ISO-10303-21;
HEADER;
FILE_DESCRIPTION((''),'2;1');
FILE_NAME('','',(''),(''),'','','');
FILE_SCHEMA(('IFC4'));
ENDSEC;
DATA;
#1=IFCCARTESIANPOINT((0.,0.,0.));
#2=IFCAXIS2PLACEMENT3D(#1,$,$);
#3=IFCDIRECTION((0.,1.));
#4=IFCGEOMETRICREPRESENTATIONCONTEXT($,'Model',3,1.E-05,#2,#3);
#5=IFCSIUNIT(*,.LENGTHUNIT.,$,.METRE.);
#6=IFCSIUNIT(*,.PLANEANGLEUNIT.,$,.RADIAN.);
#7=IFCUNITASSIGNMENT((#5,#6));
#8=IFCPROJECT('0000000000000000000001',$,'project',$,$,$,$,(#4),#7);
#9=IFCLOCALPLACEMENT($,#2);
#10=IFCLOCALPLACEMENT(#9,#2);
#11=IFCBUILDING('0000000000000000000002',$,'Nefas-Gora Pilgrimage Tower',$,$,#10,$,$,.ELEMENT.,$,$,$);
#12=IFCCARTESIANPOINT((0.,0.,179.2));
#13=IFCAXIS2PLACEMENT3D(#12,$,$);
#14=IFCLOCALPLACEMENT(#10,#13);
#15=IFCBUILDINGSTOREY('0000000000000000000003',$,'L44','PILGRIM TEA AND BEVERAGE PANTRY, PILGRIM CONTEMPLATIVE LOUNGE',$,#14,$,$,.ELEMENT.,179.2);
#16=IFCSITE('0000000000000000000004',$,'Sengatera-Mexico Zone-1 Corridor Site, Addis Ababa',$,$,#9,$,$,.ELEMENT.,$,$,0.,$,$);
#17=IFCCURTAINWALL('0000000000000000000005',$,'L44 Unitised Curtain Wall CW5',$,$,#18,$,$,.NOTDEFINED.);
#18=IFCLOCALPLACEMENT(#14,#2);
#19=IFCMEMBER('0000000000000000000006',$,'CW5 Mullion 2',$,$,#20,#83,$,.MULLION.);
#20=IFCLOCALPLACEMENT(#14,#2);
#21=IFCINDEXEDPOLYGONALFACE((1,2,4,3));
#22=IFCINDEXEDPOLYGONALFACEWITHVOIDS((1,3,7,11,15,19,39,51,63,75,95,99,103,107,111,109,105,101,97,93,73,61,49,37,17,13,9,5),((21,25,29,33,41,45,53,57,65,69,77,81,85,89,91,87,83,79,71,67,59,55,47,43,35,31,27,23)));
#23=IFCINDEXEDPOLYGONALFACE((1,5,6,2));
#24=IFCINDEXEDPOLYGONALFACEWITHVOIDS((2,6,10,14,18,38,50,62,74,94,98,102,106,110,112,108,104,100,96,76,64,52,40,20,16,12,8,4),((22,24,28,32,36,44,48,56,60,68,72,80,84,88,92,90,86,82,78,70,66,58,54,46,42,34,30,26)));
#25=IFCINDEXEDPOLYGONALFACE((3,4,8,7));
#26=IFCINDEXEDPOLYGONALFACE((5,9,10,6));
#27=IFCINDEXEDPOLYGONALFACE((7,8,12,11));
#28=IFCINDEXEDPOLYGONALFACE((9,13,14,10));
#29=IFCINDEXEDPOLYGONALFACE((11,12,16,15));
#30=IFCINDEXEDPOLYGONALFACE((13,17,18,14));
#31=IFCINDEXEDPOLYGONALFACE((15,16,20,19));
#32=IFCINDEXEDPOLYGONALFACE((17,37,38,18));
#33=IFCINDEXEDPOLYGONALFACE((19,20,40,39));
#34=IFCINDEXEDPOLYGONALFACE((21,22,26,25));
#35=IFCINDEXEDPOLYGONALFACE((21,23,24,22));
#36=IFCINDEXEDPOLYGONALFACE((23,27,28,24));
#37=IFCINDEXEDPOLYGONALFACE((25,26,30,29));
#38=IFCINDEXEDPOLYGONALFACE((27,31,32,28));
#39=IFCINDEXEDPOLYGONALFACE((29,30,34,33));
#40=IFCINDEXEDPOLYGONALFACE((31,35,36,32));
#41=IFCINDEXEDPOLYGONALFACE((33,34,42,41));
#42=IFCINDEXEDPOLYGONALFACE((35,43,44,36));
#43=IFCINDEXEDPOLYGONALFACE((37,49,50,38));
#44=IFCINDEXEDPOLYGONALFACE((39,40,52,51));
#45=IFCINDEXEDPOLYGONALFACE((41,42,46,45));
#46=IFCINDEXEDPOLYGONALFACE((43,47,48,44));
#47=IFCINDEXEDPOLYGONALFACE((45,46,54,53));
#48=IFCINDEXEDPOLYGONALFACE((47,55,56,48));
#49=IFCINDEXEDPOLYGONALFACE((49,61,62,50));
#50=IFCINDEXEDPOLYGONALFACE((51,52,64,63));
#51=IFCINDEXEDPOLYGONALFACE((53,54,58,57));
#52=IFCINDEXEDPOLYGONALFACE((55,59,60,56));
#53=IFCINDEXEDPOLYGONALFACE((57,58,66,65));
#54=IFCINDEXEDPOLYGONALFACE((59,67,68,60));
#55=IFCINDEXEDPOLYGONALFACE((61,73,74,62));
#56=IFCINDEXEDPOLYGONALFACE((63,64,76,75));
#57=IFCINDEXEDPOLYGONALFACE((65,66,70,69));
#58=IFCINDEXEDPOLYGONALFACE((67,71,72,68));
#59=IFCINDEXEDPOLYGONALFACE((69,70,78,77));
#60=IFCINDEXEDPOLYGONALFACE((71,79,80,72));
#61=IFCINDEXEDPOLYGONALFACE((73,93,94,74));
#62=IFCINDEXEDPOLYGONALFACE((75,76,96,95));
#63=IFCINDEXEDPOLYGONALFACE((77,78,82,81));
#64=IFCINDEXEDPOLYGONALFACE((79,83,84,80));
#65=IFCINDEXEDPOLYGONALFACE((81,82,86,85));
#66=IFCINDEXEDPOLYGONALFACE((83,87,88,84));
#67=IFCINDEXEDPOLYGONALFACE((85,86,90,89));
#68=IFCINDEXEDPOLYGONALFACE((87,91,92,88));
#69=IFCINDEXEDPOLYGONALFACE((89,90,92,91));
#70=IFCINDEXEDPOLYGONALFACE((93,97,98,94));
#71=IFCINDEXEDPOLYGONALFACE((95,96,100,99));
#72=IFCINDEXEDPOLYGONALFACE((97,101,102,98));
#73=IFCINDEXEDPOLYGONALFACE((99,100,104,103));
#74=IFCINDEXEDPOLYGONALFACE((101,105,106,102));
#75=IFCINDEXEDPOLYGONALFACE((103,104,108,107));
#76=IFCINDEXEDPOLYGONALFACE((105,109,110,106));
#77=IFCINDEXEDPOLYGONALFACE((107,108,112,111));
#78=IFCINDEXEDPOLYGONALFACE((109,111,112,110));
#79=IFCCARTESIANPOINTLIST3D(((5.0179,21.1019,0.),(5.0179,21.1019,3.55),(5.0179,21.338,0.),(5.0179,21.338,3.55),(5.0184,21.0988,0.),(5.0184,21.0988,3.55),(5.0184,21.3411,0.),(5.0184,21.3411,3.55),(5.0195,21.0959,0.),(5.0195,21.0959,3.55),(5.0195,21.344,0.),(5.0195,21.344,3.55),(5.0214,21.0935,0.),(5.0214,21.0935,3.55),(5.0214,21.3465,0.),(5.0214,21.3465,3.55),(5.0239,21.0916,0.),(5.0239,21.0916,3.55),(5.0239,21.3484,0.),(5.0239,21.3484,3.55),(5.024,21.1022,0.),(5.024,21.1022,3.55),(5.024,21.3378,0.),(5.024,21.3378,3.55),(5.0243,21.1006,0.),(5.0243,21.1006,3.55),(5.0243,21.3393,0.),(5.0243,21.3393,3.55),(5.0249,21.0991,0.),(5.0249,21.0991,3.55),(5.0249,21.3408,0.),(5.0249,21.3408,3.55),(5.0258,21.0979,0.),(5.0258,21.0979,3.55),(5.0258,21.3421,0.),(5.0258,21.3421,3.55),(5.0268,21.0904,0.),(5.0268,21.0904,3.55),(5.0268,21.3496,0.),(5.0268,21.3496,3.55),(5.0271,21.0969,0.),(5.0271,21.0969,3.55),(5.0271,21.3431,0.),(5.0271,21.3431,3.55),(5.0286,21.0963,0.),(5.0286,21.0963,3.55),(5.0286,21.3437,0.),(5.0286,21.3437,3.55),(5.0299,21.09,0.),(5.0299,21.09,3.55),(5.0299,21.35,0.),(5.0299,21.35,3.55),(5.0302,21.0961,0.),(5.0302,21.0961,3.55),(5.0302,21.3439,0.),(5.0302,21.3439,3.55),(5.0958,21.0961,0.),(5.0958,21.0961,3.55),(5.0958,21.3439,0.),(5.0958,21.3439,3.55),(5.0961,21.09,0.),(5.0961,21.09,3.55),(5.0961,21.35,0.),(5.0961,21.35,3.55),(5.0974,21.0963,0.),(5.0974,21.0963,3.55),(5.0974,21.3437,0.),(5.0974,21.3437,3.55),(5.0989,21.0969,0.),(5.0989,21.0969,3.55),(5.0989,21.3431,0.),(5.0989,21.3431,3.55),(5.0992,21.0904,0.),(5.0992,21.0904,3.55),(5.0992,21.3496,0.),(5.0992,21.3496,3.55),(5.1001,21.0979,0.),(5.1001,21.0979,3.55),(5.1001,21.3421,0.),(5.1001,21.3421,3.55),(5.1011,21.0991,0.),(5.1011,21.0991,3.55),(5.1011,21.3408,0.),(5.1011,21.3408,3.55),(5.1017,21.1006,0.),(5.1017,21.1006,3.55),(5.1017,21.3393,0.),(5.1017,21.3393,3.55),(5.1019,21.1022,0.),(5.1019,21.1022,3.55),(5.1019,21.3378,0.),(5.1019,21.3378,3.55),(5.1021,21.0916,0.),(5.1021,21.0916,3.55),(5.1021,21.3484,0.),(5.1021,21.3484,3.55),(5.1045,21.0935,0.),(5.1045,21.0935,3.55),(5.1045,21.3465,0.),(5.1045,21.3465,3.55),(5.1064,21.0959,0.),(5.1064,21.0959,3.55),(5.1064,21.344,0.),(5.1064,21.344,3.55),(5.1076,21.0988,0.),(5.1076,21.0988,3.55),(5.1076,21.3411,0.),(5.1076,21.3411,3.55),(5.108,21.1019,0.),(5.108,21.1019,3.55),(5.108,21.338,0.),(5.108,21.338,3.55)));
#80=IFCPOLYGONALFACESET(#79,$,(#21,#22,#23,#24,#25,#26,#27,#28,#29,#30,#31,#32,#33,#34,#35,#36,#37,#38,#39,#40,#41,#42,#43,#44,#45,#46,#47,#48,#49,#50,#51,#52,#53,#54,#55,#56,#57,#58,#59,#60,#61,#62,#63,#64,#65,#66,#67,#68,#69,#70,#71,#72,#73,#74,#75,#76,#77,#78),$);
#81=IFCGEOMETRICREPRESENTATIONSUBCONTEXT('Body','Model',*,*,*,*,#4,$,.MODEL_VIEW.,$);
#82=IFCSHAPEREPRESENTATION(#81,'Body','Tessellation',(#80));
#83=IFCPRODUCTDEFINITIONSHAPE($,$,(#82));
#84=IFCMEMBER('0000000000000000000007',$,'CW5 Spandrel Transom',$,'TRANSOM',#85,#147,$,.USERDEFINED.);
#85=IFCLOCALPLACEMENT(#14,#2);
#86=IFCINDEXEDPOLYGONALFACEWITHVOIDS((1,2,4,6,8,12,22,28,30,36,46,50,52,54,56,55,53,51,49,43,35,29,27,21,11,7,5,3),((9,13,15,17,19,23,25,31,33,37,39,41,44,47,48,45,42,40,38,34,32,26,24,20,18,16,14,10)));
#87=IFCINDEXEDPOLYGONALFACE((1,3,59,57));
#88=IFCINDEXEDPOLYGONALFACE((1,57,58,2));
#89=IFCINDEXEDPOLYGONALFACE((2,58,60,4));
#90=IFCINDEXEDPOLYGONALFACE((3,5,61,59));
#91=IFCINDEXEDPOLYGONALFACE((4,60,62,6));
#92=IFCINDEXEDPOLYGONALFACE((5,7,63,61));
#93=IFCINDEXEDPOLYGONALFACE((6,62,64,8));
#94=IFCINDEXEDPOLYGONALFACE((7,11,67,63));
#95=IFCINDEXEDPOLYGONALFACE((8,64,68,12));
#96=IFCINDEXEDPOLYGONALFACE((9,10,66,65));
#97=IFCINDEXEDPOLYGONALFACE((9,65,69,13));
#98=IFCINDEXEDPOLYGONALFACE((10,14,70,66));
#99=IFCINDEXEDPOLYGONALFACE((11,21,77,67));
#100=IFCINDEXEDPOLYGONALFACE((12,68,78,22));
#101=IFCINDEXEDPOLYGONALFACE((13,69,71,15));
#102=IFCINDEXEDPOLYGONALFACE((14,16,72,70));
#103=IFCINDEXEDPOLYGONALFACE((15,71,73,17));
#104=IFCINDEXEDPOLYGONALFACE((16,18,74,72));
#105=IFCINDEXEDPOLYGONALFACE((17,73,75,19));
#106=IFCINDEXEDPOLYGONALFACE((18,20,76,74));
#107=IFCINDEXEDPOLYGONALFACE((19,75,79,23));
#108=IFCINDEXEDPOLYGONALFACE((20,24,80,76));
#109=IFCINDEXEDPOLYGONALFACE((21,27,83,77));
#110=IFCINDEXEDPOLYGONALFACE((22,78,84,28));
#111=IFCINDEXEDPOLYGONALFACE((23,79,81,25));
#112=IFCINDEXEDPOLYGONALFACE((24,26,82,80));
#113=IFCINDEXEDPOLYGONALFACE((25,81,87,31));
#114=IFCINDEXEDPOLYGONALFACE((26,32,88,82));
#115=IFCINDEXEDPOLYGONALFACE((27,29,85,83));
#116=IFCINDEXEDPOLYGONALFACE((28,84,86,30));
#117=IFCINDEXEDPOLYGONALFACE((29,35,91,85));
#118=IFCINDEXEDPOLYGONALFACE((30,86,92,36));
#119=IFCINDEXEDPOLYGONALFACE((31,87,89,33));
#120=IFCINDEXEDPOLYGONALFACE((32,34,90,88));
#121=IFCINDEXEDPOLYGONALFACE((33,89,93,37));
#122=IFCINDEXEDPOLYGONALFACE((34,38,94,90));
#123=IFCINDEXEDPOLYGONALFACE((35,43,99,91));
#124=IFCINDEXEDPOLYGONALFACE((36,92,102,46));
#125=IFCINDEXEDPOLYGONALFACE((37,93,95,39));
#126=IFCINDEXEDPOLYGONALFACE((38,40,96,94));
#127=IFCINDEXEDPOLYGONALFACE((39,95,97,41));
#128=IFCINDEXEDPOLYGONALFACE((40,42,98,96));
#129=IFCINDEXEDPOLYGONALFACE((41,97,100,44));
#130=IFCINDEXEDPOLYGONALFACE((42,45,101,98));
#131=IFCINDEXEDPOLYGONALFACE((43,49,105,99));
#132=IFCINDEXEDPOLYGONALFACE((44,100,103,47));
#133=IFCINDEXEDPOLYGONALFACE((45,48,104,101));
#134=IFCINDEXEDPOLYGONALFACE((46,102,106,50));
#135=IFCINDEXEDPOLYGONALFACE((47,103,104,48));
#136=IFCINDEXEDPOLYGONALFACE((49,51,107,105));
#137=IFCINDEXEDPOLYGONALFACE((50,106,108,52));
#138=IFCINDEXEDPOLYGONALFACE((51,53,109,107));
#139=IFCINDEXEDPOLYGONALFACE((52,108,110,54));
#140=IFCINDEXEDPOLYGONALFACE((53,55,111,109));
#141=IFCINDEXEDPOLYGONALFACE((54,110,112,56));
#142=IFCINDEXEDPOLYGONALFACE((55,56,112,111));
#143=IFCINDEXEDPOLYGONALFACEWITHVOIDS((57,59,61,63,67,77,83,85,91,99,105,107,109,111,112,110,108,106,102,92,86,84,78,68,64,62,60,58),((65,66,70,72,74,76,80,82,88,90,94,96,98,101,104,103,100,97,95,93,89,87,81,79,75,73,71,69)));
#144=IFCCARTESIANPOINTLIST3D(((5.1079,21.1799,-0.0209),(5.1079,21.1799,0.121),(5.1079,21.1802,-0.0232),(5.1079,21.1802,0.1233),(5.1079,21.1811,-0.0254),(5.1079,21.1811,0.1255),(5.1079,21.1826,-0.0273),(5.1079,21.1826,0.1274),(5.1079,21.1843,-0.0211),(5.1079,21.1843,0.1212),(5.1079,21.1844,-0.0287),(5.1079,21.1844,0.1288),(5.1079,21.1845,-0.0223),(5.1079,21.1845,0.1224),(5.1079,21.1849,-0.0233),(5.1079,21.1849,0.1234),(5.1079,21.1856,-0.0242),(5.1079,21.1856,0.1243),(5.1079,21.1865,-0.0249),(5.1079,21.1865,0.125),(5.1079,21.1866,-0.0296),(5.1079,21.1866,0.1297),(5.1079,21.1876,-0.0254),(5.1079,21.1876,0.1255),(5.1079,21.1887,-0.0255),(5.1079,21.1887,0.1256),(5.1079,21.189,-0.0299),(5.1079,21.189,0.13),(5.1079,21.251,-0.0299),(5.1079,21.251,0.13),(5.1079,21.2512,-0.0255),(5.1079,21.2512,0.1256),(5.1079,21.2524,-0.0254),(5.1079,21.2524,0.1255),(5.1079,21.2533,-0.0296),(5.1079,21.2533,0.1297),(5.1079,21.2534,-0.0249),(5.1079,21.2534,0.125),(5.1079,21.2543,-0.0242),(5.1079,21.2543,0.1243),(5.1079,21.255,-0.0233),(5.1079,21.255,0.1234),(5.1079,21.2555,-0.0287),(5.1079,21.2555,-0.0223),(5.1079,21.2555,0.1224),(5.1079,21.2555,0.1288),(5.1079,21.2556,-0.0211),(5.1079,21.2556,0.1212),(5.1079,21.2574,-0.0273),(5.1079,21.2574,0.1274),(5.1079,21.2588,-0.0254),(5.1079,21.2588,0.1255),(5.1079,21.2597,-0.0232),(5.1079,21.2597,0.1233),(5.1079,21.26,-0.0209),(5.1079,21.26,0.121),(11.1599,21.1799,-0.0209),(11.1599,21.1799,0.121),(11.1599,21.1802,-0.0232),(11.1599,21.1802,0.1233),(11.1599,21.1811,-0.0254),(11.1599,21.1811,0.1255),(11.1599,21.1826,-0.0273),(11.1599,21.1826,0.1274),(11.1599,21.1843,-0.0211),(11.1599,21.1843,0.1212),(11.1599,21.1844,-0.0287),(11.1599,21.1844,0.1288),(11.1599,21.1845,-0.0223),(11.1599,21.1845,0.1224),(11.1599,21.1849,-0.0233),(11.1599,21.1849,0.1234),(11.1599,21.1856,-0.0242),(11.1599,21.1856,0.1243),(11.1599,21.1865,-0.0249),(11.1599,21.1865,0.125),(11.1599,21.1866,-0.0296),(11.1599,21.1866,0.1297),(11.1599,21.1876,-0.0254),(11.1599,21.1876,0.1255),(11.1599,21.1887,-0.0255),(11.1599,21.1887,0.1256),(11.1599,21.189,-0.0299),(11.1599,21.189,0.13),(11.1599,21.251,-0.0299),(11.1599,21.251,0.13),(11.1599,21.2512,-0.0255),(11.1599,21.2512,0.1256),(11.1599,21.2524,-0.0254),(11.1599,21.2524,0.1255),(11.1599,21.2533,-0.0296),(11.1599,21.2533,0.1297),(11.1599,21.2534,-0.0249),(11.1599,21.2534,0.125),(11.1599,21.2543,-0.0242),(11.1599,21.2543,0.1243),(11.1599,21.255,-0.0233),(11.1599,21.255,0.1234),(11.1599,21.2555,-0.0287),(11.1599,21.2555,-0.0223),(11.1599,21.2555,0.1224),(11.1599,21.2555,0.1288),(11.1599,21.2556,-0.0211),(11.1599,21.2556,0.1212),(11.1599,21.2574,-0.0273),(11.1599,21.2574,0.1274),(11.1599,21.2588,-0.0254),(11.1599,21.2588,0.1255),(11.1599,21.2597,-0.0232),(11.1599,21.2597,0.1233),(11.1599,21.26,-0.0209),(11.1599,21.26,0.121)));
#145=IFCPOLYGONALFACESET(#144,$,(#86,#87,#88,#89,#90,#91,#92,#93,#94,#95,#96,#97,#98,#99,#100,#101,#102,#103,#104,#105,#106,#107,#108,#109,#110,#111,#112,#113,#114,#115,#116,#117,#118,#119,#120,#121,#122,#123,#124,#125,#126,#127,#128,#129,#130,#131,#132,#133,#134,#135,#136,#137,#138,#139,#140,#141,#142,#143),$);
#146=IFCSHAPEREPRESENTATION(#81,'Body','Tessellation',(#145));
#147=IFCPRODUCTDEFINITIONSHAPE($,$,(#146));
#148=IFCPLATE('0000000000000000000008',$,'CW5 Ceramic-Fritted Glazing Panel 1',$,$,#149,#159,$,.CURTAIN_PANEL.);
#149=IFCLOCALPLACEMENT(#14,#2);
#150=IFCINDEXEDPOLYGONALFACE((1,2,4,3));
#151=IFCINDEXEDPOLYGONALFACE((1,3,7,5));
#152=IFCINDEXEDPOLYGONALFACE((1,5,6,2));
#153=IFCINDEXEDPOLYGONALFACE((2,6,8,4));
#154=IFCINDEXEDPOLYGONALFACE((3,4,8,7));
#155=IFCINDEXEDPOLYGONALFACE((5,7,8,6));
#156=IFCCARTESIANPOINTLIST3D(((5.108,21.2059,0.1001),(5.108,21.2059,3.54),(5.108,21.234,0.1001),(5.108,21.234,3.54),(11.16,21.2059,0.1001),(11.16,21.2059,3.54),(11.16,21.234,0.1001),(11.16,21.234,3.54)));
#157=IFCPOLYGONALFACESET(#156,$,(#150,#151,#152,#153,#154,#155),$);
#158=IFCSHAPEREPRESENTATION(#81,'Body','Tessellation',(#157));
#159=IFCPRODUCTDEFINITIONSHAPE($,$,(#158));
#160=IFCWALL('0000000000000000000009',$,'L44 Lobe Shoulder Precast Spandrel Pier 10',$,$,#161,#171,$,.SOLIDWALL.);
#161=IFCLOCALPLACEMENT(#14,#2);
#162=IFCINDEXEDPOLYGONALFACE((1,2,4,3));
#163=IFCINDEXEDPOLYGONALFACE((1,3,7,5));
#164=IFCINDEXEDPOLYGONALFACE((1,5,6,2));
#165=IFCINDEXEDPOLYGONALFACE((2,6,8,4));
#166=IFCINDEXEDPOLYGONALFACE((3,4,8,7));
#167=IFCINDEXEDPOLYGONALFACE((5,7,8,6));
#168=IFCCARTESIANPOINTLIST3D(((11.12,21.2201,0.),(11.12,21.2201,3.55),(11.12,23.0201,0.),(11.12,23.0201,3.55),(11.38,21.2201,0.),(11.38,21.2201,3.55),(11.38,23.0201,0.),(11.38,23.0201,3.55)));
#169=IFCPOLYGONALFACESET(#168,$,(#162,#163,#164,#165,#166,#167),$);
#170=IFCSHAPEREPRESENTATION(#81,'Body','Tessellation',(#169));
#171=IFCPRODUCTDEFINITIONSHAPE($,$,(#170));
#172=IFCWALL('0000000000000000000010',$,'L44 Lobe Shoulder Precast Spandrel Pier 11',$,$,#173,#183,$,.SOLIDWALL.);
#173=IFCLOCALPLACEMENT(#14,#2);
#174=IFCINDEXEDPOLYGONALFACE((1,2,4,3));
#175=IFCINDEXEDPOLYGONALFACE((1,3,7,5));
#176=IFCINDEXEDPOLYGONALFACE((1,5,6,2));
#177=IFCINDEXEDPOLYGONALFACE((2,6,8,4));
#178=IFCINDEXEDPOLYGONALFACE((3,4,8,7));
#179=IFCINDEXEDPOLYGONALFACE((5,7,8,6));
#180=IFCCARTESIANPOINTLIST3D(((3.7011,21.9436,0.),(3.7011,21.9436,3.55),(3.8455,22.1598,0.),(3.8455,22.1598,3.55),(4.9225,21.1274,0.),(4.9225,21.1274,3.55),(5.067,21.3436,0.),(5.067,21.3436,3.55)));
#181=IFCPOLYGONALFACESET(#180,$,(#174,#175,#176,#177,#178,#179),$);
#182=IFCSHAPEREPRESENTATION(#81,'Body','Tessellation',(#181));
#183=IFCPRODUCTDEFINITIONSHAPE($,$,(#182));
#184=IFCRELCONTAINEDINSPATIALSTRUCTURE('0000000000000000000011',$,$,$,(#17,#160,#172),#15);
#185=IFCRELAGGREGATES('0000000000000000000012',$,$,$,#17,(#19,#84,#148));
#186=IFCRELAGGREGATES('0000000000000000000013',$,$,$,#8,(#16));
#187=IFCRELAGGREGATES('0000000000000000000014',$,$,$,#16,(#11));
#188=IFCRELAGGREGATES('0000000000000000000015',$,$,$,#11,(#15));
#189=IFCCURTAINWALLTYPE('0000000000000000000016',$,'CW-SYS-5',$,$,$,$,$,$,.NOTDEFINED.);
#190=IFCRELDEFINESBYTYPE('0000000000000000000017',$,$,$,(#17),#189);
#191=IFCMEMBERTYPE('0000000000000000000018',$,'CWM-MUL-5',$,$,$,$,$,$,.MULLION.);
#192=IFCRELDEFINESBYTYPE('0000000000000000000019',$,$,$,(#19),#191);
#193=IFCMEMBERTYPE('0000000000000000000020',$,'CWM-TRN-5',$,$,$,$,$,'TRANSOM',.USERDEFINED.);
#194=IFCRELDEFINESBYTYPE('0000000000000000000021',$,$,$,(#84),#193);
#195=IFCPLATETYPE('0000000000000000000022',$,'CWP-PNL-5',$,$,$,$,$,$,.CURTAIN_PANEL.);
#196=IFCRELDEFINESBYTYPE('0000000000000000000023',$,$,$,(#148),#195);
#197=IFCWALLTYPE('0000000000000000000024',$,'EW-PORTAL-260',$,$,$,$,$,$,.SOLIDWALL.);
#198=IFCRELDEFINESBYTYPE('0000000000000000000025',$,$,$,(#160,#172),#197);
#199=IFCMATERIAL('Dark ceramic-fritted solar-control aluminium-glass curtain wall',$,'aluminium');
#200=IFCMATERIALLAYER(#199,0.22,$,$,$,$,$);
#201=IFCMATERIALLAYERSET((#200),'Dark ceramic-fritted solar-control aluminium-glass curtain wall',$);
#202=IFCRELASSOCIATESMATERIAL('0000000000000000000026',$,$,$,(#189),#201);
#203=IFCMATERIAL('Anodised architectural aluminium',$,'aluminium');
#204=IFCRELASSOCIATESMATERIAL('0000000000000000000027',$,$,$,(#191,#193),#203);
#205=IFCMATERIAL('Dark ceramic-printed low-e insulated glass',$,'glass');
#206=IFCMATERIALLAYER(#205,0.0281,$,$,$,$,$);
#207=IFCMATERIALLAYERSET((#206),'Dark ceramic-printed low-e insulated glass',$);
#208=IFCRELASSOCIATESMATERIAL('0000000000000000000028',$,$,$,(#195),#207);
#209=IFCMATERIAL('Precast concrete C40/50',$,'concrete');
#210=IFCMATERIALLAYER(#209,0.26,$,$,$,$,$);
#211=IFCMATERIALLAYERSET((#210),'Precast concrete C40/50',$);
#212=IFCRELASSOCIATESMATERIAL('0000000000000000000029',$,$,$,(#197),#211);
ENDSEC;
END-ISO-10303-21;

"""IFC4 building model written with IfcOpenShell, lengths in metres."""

from ifc_helpers import new_model, si_unit, direction, frame, frame_2d, origin, origin_2d, place, context, subcontext, project, spatial, rectangle, hollow_rectangle, extrude, source, transform, mapped, material, layer, layer_set, material_profile, profile_set, type_object, element, aggregate, save


model = new_model("IFC4")

# Units and contexts
model_context = context("Model", 3, precision=1e-05, world=origin(), true_north=direction((0.0, 1.0)))
body_context = subcontext(model_context, "Body", "Model", "MODEL_VIEW")
ifc_project = project(units=[si_unit("LENGTHUNIT", "METRE"), si_unit("PLANEANGLEUNIT", "RADIAN")], contexts=[model_context])

# Site, building, storey
site_placement = place(None, origin())
site = spatial("IfcSite", under=ifc_project, at=site_placement, Name="Sengatera-Mexico Zone-1 Corridor Site, Addis Ababa", CompositionType="ELEMENT", RefElevation=0.0)
building_placement = place(site_placement, origin())
building = spatial("IfcBuilding", under=site, at=building_placement, Name="Nefas-Gora Pilgrimage Tower", CompositionType="ELEMENT")
storey_placement = place(building_placement, frame((0.0, 0.0, 179.2)))
storey = spatial("IfcBuildingStorey", under=building, at=storey_placement, Name="L44", Description="PILGRIM TEA AND BEVERAGE PANTRY, PILGRIM CONTEMPLATIVE LOUNGE", CompositionType="ELEMENT", Elevation=179.2)

# Curtain wall, members, plate
ifc_material_1 = material(Name="Dark ceramic-fritted solar-control aluminium-glass curtain wall", Category="aluminium")
ifc_layer_1 = layer(ifc_material_1, 0.22)
ifc_layer_set_1 = layer_set([ifc_layer_1], Name="Dark ceramic-fritted solar-control aluminium-glass curtain wall")
curtain_wall_type = type_object("IfcCurtainWallType", Name="CW-SYS-5", PredefinedType="NOTDEFINED", material=ifc_layer_set_1)
curtain_wall_placement = place(storey_placement, origin())
curtain_wall = element("IfcCurtainWall", 1, at=curtain_wall_placement, inside=storey, type_object=curtain_wall_type, Name="L44 Unitised Curtain Wall CW5", PredefinedType="NOTDEFINED")
ifc_material_2 = material(Name="Anodised architectural aluminium", Category="aluminium")
ifc_material_profile_1 = material_profile(ifc_material_2, hollow_rectangle(XDim=0.0901, YDim=0.26, WallThickness=0.0061, InnerFilletRadius=0.0061, OuterFilletRadius=0.012, at=origin_2d()), Name="ALU MULLION 90x260")
ifc_profile_set_1 = profile_set([ifc_material_profile_1], Name="Anodised architectural aluminium")
member_type_1 = type_object("IfcMemberType", Name="CWM-MUL-5", PredefinedType="MULLION", material=ifc_profile_set_1)
shared_shape_1 = source(origin(), body_context, "Body", "SweptSolid", [
    extrude(hollow_rectangle(XDim=0.0901, YDim=0.26, WallThickness=0.0061, InnerFilletRadius=0.0061, OuterFilletRadius=0.012, at=origin_2d()), origin(), (0.0, 0.0, 1.0), 3.55),
])
member_1_placement = place(storey_placement, frame((5.063, 21.22, 0.0), z_axis=(0.0, 0.0, 1.0), x_axis=(-1.0, 0.0, 0.0)))
member_1 = element("IfcMember", 2, at=member_1_placement, type_object=member_type_1, Name="CW5 Mullion 2", PredefinedType="MULLION", context=body_context, shape_type="MappedRepresentation", body=[
    mapped(shared_shape_1, transform((0.0, 0.0, 0.0), x_axis=(1.0, 0.0, 0.0), y_axis=(0.0, 1.0, 0.0), z_axis=(0.0, 0.0, 1.0), scale=1.0)),
])
ifc_material_profile_2 = material_profile(ifc_material_2, hollow_rectangle(XDim=0.0801, YDim=0.1599, WallThickness=0.0044, InnerFilletRadius=0.0044, OuterFilletRadius=0.009, at=origin_2d()), Name="ALU TRANSOM 80x160")
ifc_profile_set_2 = profile_set([ifc_material_profile_2], Name="Anodised architectural aluminium")
member_type_2 = type_object("IfcMemberType", Name="CWM-TRN-5", ElementType="TRANSOM", PredefinedType="USERDEFINED", material=ifc_profile_set_2)
shared_shape_2 = source(origin(), body_context, "Body", "SweptSolid", [
    extrude(hollow_rectangle(XDim=0.0801, YDim=0.1599, WallThickness=0.0044, InnerFilletRadius=0.0044, OuterFilletRadius=0.009, at=origin_2d()), origin(), (0.0, 0.0, 1.0), 6.052),
])
member_2_placement = place(storey_placement, frame((11.1599, 21.22, 0.05), z_axis=(-1.0, 0.0, 0.0), x_axis=(0.0, -1.0, 0.0)))
member_2 = element("IfcMember", 3, at=member_2_placement, type_object=member_type_2, Name="CW5 Spandrel Transom", ObjectType="TRANSOM", PredefinedType="USERDEFINED", context=body_context, shape_type="MappedRepresentation", body=[
    mapped(shared_shape_2, transform((0.0, 0.0, 0.0), x_axis=(1.0, 0.0, 0.0), y_axis=(0.0, 1.0, 0.0), z_axis=(0.0, 0.0, 1.0), scale=1.0)),
])
ifc_material_3 = material(Name="Dark ceramic-printed low-e insulated glass", Category="glass")
ifc_layer_2 = layer(ifc_material_3, 0.0281)
ifc_layer_set_2 = layer_set([ifc_layer_2], Name="Dark ceramic-printed low-e insulated glass")
plate_type = type_object("IfcPlateType", Name="CWP-PNL-5", PredefinedType="CURTAIN_PANEL", material=ifc_layer_set_2)
shared_shape_3 = source(origin(), body_context, "Body", "SweptSolid", [
    extrude(rectangle(XDim=6.052, YDim=0.0281, at=origin_2d()), origin(), (0.0, 0.0, 1.0), 3.4399),
])
plate_placement = place(storey_placement, frame((8.134, 21.22, 0.1001), z_axis=(0.0, 0.0, 1.0), x_axis=(-1.0, 0.0, 0.0)))
plate = element("IfcPlate", 4, at=plate_placement, type_object=plate_type, Name="CW5 Ceramic-Fritted Glazing Panel 1", PredefinedType="CURTAIN_PANEL", context=body_context, shape_type="MappedRepresentation", body=[
    mapped(shared_shape_3, transform((0.0, 0.0, 0.0), x_axis=(1.0, 0.0, 0.0), y_axis=(0.0, 1.0, 0.0), z_axis=(0.0, 0.0, 1.0), scale=1.0)),
])
aggregate(curtain_wall, [member_1, member_2, plate])

# Walls
ifc_material_4 = material(Name="Precast concrete C40/50", Category="concrete")
ifc_layer_3 = layer(ifc_material_4, 0.26)
ifc_layer_set_3 = layer_set([ifc_layer_3], Name="Precast concrete C40/50")
wall_type_1 = type_object("IfcWallType", Name="EW-PORTAL-260", PredefinedType="SOLIDWALL", material=ifc_layer_set_3)
shared_shape_4 = source(origin(), body_context, "Body", "SweptSolid", [
    extrude(rectangle(XDim=1.8, YDim=0.26, at=frame_2d((0.8999, 0.0))), origin(), (0.0, 0.0, 1.0), 3.55),
])
wall_1_placement = place(storey_placement, frame((11.25, 23.02, 0.0), z_axis=(0.0, 0.0, 1.0), x_axis=(0.0, -1.0, 0.0)))
element("IfcWall", 5, at=wall_1_placement, inside=storey, type_object=wall_type_1, Name="L44 Lobe Shoulder Precast Spandrel Pier 10", PredefinedType="SOLIDWALL", context=body_context, shape_type="MappedRepresentation", body=[
    mapped(shared_shape_4, transform((0.0, 0.0, 0.0), x_axis=(1.0, 0.0, 0.0), y_axis=(0.0, 1.0, 0.0), z_axis=(0.0, 0.0, 1.0), scale=1.0)),
])
shared_shape_5 = source(origin(), body_context, "Body", "SweptSolid", [
    extrude(rectangle(XDim=1.469, YDim=0.26, at=frame_2d((0.7344, 0.0))), origin(), (0.0, 0.0, 1.0), 3.55),
])
wall_2_placement = place(storey_placement, frame((4.9946, 21.2356, 0.0), z_axis=(0.0, 0.0, 1.0), x_axis=(-0.831462, 0.555582, 0.0)))
element("IfcWall", 6, at=wall_2_placement, inside=storey, type_object=wall_type_1, Name="L44 Lobe Shoulder Precast Spandrel Pier 11", PredefinedType="SOLIDWALL", context=body_context, shape_type="MappedRepresentation", body=[
    mapped(shared_shape_5, transform((0.0, 0.0, 0.0), x_axis=(1.0, 0.0, 0.0), y_axis=(0.0, 1.0, 0.0), z_axis=(0.0, 0.0, 1.0), scale=1.0)),
])

save(model, "model.ifc")
